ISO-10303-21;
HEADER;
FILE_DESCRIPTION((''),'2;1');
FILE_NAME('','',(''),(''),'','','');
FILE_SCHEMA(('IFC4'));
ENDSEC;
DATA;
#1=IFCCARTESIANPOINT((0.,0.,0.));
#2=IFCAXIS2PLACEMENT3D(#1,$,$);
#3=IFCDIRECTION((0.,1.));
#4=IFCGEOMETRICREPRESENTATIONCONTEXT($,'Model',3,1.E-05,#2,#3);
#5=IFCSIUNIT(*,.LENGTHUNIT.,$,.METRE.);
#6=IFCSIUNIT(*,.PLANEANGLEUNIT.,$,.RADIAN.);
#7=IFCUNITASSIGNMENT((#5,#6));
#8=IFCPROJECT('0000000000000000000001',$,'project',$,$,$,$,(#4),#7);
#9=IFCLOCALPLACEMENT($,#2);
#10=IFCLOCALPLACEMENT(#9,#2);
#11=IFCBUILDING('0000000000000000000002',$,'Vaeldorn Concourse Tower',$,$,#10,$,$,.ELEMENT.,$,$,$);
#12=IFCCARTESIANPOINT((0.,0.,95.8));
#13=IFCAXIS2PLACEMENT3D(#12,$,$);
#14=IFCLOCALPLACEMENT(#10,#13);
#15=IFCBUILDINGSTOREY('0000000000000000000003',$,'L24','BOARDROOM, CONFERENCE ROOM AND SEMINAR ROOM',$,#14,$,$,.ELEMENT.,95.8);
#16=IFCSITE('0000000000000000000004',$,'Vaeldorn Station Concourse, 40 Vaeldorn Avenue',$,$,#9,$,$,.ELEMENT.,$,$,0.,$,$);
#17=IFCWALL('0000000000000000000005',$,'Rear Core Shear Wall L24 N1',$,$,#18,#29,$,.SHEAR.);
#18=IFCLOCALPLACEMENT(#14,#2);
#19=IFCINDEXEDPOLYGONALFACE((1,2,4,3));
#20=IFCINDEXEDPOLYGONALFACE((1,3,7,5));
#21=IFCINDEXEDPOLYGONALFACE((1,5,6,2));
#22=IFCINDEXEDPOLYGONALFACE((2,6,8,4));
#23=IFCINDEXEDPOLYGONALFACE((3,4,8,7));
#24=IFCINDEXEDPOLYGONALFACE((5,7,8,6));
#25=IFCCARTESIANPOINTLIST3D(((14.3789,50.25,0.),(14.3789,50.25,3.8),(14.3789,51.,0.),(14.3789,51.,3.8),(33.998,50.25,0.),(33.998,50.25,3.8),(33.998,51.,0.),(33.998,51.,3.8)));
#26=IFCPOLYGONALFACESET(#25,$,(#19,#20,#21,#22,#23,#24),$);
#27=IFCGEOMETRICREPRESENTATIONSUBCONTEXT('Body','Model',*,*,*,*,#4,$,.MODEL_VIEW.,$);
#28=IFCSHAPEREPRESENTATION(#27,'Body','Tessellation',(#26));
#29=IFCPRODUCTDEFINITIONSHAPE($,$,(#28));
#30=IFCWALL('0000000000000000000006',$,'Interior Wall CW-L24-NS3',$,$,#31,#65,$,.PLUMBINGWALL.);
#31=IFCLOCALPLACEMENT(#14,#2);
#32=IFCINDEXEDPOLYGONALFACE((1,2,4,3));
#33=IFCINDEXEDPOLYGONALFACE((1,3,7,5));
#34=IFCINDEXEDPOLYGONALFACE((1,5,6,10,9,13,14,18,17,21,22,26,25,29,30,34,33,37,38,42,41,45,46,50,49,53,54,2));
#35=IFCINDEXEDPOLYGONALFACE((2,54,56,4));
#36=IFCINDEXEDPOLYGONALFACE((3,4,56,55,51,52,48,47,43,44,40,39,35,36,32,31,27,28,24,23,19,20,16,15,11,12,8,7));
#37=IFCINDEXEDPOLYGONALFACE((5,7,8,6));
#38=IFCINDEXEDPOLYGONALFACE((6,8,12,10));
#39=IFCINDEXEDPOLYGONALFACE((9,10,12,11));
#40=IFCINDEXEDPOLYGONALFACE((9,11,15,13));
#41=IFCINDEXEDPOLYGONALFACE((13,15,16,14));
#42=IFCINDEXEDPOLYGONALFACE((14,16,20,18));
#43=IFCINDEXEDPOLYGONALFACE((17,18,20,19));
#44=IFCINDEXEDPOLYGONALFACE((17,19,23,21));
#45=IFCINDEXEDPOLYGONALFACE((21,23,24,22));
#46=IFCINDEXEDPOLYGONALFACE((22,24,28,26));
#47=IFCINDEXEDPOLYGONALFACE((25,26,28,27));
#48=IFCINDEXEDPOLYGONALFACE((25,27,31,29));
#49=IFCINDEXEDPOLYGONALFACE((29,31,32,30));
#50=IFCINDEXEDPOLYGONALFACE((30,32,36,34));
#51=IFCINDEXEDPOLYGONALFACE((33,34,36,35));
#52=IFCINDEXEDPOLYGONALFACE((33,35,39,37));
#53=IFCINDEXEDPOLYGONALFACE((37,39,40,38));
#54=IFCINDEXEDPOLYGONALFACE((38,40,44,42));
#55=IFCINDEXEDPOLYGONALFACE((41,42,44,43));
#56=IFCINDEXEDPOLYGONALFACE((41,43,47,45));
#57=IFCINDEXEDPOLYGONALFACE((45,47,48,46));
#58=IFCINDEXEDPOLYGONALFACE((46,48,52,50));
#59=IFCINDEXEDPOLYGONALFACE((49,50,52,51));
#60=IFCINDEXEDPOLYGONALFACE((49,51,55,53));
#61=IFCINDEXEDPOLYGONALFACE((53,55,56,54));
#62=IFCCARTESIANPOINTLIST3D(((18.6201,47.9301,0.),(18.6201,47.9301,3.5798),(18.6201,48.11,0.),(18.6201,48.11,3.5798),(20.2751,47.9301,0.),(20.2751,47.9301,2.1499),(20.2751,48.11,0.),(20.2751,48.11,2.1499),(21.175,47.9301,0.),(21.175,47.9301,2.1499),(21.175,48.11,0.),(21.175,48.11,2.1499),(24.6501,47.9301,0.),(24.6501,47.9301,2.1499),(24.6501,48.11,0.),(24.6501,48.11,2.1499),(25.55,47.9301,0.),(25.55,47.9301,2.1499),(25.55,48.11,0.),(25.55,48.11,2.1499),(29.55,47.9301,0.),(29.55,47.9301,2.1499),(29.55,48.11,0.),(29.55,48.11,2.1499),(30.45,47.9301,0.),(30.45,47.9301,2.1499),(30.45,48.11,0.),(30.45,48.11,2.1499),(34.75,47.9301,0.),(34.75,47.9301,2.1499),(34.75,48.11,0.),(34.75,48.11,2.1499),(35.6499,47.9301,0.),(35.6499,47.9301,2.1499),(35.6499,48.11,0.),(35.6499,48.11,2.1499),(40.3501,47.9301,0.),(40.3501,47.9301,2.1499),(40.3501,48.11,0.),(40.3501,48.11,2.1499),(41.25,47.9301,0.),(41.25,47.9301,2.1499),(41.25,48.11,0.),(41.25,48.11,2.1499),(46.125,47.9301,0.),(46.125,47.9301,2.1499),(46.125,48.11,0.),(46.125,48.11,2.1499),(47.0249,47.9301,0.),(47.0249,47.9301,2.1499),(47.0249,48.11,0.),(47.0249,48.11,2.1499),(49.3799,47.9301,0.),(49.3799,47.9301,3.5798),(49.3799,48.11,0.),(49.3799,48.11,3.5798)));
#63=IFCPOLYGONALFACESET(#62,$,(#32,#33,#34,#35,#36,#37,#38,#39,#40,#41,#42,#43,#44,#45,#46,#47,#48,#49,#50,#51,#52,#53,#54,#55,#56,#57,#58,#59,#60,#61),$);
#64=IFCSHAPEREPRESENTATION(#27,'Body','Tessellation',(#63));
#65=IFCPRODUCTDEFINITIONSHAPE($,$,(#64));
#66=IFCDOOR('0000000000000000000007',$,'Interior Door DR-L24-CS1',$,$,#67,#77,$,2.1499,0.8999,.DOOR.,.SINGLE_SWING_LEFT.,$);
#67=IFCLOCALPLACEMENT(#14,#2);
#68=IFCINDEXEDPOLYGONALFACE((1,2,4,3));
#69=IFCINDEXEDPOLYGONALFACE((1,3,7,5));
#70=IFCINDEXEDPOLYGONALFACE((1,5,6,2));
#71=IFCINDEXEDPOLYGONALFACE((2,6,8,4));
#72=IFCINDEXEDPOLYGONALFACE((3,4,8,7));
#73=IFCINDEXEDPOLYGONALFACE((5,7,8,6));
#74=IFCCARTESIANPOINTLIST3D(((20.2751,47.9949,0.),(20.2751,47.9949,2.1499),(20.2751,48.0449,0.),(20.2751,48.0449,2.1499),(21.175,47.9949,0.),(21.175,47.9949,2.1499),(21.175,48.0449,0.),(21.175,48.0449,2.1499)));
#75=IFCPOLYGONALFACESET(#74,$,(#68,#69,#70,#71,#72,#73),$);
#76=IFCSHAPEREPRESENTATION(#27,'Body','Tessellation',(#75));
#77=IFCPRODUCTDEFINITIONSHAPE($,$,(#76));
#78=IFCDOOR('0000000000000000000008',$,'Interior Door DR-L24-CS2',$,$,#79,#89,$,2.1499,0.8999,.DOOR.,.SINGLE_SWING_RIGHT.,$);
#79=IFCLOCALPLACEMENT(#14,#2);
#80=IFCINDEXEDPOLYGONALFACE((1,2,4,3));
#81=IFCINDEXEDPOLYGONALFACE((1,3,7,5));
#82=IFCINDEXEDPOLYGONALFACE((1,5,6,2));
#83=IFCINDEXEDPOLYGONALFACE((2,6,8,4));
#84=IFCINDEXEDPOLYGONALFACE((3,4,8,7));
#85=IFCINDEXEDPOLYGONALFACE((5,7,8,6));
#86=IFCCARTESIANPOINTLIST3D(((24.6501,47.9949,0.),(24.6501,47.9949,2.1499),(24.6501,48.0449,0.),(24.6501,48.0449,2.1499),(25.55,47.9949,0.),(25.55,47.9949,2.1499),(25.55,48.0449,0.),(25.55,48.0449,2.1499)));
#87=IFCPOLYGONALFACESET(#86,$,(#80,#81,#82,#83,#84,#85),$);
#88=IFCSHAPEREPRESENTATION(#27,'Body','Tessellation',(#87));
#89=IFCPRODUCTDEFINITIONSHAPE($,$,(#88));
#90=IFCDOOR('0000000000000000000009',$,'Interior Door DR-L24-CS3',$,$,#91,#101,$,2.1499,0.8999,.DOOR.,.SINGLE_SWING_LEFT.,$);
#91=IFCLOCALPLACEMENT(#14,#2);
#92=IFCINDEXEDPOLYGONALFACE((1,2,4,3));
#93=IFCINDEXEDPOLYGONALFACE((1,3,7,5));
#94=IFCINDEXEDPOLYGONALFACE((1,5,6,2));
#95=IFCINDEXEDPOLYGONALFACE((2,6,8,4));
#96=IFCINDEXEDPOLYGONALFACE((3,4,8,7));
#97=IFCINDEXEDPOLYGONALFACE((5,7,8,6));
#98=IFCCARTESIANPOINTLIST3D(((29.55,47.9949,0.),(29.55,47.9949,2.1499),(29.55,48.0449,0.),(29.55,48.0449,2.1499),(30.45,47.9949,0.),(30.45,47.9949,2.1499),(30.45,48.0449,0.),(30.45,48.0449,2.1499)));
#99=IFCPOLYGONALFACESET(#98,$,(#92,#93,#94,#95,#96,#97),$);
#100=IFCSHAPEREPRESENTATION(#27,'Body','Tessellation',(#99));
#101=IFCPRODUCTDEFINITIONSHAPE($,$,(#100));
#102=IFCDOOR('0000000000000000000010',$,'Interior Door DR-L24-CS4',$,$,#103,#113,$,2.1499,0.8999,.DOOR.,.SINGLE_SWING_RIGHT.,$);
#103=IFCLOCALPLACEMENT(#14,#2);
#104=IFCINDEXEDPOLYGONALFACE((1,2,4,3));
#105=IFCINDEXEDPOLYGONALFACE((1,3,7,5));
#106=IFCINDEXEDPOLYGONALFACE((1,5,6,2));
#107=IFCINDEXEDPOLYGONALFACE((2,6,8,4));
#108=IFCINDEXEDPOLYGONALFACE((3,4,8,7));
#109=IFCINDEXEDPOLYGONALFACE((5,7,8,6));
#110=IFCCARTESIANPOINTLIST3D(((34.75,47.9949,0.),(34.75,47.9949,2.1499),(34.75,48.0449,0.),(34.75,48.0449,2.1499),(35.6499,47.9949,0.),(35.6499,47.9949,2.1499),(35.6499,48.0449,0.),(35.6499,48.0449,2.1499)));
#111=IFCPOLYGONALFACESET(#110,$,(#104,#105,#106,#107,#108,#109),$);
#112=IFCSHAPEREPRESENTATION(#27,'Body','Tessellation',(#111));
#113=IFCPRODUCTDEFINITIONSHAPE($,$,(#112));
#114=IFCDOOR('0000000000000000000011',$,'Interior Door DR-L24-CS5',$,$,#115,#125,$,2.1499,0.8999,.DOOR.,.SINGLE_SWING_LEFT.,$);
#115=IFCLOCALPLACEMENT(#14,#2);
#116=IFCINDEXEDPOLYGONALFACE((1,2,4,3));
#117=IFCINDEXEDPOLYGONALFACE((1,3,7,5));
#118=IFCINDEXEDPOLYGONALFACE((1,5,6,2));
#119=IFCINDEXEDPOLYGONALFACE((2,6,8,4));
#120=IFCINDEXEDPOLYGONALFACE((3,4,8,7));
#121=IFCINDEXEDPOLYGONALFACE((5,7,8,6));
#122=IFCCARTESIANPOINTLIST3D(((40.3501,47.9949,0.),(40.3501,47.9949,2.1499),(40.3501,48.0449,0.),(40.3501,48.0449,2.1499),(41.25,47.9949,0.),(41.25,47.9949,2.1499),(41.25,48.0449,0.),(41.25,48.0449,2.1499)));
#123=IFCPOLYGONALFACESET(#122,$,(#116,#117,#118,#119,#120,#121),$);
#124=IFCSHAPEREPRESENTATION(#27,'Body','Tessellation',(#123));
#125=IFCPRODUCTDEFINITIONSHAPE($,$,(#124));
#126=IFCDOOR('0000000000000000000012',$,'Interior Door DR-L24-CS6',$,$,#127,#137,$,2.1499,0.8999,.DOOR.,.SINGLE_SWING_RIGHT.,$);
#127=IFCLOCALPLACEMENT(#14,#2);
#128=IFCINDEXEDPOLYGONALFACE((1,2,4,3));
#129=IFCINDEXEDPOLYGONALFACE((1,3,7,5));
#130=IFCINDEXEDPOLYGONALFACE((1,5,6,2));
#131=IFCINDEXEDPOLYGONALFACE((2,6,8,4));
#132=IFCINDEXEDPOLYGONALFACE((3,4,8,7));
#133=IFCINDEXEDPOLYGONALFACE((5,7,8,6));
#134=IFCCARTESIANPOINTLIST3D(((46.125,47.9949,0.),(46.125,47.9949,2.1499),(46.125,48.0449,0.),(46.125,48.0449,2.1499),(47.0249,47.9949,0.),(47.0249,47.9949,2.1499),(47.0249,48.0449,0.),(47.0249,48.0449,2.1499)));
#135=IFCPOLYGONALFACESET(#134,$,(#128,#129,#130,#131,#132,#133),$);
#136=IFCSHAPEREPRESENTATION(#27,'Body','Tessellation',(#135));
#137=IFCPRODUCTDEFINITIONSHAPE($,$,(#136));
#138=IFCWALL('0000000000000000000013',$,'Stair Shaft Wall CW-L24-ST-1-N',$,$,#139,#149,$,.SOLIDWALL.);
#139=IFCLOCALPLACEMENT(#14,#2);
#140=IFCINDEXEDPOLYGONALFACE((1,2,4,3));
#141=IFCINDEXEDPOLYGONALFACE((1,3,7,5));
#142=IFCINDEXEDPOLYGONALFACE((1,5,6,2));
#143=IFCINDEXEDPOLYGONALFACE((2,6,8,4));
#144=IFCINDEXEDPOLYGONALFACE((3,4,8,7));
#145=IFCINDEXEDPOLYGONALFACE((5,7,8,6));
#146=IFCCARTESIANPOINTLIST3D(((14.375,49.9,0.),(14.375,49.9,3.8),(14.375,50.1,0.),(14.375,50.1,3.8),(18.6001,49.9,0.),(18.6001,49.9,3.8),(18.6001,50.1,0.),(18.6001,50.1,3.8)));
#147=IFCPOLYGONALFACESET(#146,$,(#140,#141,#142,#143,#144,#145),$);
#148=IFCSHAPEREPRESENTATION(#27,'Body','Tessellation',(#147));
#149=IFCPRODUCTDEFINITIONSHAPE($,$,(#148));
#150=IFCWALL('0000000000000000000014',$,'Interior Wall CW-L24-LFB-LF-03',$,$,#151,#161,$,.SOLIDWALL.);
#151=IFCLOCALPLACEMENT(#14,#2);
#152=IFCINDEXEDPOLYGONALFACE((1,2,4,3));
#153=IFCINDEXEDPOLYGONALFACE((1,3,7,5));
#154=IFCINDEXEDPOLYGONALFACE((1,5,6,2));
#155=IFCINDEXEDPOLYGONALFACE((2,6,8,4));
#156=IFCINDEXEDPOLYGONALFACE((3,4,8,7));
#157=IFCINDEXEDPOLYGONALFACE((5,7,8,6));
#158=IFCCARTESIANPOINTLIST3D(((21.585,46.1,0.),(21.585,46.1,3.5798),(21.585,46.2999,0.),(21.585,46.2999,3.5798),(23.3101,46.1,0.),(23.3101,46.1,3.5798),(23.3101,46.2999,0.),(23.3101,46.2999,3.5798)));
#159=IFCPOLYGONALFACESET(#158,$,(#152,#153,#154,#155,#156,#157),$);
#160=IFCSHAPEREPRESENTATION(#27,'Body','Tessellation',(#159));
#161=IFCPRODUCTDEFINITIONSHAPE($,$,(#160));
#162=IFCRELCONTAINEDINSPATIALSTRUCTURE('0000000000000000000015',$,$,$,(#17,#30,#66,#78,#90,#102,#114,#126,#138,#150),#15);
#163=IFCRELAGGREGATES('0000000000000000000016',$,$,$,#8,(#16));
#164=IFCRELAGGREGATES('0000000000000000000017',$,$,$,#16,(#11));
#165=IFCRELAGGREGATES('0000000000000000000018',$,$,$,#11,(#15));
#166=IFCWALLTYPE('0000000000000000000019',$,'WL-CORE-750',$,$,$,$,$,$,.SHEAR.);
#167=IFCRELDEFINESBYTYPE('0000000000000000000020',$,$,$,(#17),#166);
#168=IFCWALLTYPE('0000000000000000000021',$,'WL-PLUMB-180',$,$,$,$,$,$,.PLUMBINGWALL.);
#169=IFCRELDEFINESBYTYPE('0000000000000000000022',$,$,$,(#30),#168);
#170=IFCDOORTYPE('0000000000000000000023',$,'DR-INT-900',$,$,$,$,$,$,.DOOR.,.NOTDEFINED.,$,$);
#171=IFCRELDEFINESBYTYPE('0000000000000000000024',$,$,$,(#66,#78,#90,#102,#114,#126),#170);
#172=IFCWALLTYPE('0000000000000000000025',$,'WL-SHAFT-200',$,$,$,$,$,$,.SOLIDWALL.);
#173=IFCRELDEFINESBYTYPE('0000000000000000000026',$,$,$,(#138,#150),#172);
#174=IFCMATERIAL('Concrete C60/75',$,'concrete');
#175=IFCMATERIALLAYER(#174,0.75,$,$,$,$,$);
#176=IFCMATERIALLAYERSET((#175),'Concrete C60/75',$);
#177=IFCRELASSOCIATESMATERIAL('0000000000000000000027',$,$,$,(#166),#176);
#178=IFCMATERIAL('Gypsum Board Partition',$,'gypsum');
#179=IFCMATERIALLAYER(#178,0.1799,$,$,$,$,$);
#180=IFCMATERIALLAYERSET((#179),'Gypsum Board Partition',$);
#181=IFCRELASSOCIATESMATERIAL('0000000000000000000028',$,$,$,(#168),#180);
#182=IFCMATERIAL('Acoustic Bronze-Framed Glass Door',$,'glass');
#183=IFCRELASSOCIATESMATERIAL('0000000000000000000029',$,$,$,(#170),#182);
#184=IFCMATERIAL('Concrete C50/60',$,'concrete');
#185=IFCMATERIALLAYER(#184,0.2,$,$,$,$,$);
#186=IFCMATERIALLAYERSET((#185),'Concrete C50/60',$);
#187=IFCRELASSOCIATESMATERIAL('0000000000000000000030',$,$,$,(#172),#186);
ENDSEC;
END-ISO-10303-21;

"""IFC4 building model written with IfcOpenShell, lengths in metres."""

from ifc_helpers import new_model, si_unit, direction, frame, frame_2d, origin, place, context, subcontext, project, spatial, rectangle, extrude, source, transform, mapped, material, layer, layer_set, type_object, element, fill, save


model = new_model("IFC4")

# Units and contexts
model_context = context("Model", 3, precision=1e-05, world=origin(), true_north=direction((0.0, 1.0)))
body_context = subcontext(model_context, "Body", "Model", "MODEL_VIEW")
ifc_project = project(units=[si_unit("LENGTHUNIT", "METRE"), si_unit("PLANEANGLEUNIT", "RADIAN")], contexts=[model_context])

# Site, building, storey
site_placement = place(None, origin())
site = spatial("IfcSite", under=ifc_project, at=site_placement, Name="Vaeldorn Station Concourse, 40 Vaeldorn Avenue", CompositionType="ELEMENT", RefElevation=0.0)
building_placement = place(site_placement, origin())
building = spatial("IfcBuilding", under=site, at=building_placement, Name="Vaeldorn Concourse Tower", CompositionType="ELEMENT")
storey_placement = place(building_placement, frame((0.0, 0.0, 95.8)))
storey = spatial("IfcBuildingStorey", under=building, at=storey_placement, Name="L24", Description="BOARDROOM, CONFERENCE ROOM AND SEMINAR ROOM", CompositionType="ELEMENT", Elevation=95.8)

# Wall
ifc_material_1 = material(Name="Concrete C60/75", Category="concrete")
ifc_layer_1 = layer(ifc_material_1, 0.75)
ifc_layer_set_1 = layer_set([ifc_layer_1], Name="Concrete C60/75")
wall_type_1 = type_object("IfcWallType", Name="WL-CORE-750", PredefinedType="SHEAR", material=ifc_layer_set_1)
wall_1_placement = place(storey_placement, frame((14.3789, 50.625, 0.0), z_axis=(0.0, 0.0, 1.0), x_axis=(1.0, 0.0, 0.0)))
element("IfcWall", 1, at=wall_1_placement, inside=storey, type_object=wall_type_1, Name="Rear Core Shear Wall L24 N1", PredefinedType="SHEAR", context=body_context, shape_type="SweptSolid", body=[
    extrude(rectangle(XDim=19.6191, YDim=0.75, at=frame_2d((9.8096, 0.0))), origin(), (0.0, 0.0, 1.0), 3.8),
])

# Wall, openings, doors
ifc_material_2 = material(Name="Gypsum Board Partition", Category="gypsum")
ifc_layer_2 = layer(ifc_material_2, 0.1799)
ifc_layer_set_2 = layer_set([ifc_layer_2], Name="Gypsum Board Partition")
wall_type_2 = type_object("IfcWallType", Name="WL-PLUMB-180", PredefinedType="PLUMBINGWALL", material=ifc_layer_set_2)
wall_2_placement = place(storey_placement, frame((18.6201, 48.02, 0.0), z_axis=(0.0, 0.0, 1.0), x_axis=(1.0, 0.0, 0.0)))
wall_2 = element("IfcWall", 2, at=wall_2_placement, inside=storey, type_object=wall_type_2, Name="Interior Wall CW-L24-NS3", PredefinedType="PLUMBINGWALL", context=body_context, shape_type="SweptSolid", body=[
    extrude(rectangle(XDim=30.7598, YDim=0.1799, at=frame_2d((15.3799, 0.0))), origin(), (0.0, 0.0, 1.0), 3.5798),
])
opening_1_placement = place(wall_2_placement, frame((1.655, 0.0, 0.0)))
opening_1 = element("IfcOpeningElement", 3, at=opening_1_placement, cuts=wall_2, PredefinedType="OPENING", context=body_context, shape_type="SweptSolid", body=[
    extrude(rectangle(XDim=0.8999, YDim=2.1499, at=frame_2d((0.45, 1.075))), frame((0.0, 0.1001, 0.0), z_axis=(0.0, -1.0, 0.0), x_axis=(1.0, 0.0, 0.0)), (0.0, 0.0, 1.0), 0.2),
])
opening_2_placement = place(wall_2_placement, frame((6.03, 0.0, 0.0)))
opening_2 = element("IfcOpeningElement", 4, at=opening_2_placement, cuts=wall_2, PredefinedType="OPENING", context=body_context, shape_type="SweptSolid", body=[
    extrude(rectangle(XDim=0.8999, YDim=2.1499, at=frame_2d((0.45, 1.075))), frame((0.0, 0.1001, 0.0), z_axis=(0.0, -1.0, 0.0), x_axis=(1.0, 0.0, 0.0)), (0.0, 0.0, 1.0), 0.2),
])
opening_3_placement = place(wall_2_placement, frame((10.9299, 0.0, 0.0)))
opening_3 = element("IfcOpeningElement", 5, at=opening_3_placement, cuts=wall_2, PredefinedType="OPENING", context=body_context, shape_type="SweptSolid", body=[
    extrude(rectangle(XDim=0.8999, YDim=2.1499, at=frame_2d((0.45, 1.075))), frame((0.0, 0.1001, 0.0), z_axis=(0.0, -1.0, 0.0), x_axis=(1.0, 0.0, 0.0)), (0.0, 0.0, 1.0), 0.2),
])
opening_4_placement = place(wall_2_placement, frame((16.1299, 0.0, 0.0)))
opening_4 = element("IfcOpeningElement", 6, at=opening_4_placement, cuts=wall_2, PredefinedType="OPENING", context=body_context, shape_type="SweptSolid", body=[
    extrude(rectangle(XDim=0.8999, YDim=2.1499, at=frame_2d((0.45, 1.075))), frame((0.0, 0.1001, 0.0), z_axis=(0.0, -1.0, 0.0), x_axis=(1.0, 0.0, 0.0)), (0.0, 0.0, 1.0), 0.2),
])
opening_5_placement = place(wall_2_placement, frame((21.73, 0.0, 0.0)))
opening_5 = element("IfcOpeningElement", 7, at=opening_5_placement, cuts=wall_2, PredefinedType="OPENING", context=body_context, shape_type="SweptSolid", body=[
    extrude(rectangle(XDim=0.8999, YDim=2.1499, at=frame_2d((0.45, 1.075))), frame((0.0, 0.1001, 0.0), z_axis=(0.0, -1.0, 0.0), x_axis=(1.0, 0.0, 0.0)), (0.0, 0.0, 1.0), 0.2),
])
opening_6_placement = place(wall_2_placement, frame((27.5049, 0.0, 0.0)))
opening_6 = element("IfcOpeningElement", 8, at=opening_6_placement, cuts=wall_2, PredefinedType="OPENING", context=body_context, shape_type="SweptSolid", body=[
    extrude(rectangle(XDim=0.8999, YDim=2.1499, at=frame_2d((0.45, 1.075))), frame((0.0, 0.1001, 0.0), z_axis=(0.0, -1.0, 0.0), x_axis=(1.0, 0.0, 0.0)), (0.0, 0.0, 1.0), 0.2),
])
ifc_material_3 = material(Name="Acoustic Bronze-Framed Glass Door", Category="glass")
door_type_1 = type_object("IfcDoorType", Name="DR-INT-900", OperationType="NOTDEFINED", PredefinedType="DOOR", material=ifc_material_3)
shared_shape_1 = source(origin(), body_context, "Body", "SweptSolid", [
    extrude(rectangle(XDim=0.8999, YDim=2.1499, at=frame_2d((0.45, 1.075))), frame((0.0, 0.0249, 0.0), z_axis=(0.0, -1.0, 0.0), x_axis=(1.0, 0.0, 0.0)), (0.0, 0.0, 1.0), 0.05),
])
door_1_placement = place(opening_1_placement, origin())
door_1 = element("IfcDoor", 9, at=door_1_placement, inside=storey, type_object=door_type_1, Name="Interior Door DR-L24-CS1", OperationType="SINGLE_SWING_LEFT", OverallHeight=2.1499, OverallWidth=0.8999, PredefinedType="DOOR", context=body_context, shape_type="MappedRepresentation", body=[
    mapped(shared_shape_1, transform((0.0, 0.0, 0.0), scale=1.0)),
])
fill(opening_1, door_1)
door_2_placement = place(opening_2_placement, origin())
door_2 = element("IfcDoor", 10, at=door_2_placement, inside=storey, type_object=door_type_1, Name="Interior Door DR-L24-CS2", OperationType="SINGLE_SWING_RIGHT", OverallHeight=2.1499, OverallWidth=0.8999, PredefinedType="DOOR", context=body_context, shape_type="MappedRepresentation", body=[
    mapped(shared_shape_1, transform((0.0, 0.0, 0.0), scale=1.0)),
])
fill(opening_2, door_2)
door_3_placement = place(opening_3_placement, origin())
door_3 = element("IfcDoor", 11, at=door_3_placement, inside=storey, type_object=door_type_1, Name="Interior Door DR-L24-CS3", OperationType="SINGLE_SWING_LEFT", OverallHeight=2.1499, OverallWidth=0.8999, PredefinedType="DOOR", context=body_context, shape_type="MappedRepresentation", body=[
    mapped(shared_shape_1, transform((0.0, 0.0, 0.0), scale=1.0)),
])
fill(opening_3, door_3)
door_4_placement = place(opening_4_placement, origin())
door_4 = element("IfcDoor", 12, at=door_4_placement, inside=storey, type_object=door_type_1, Name="Interior Door DR-L24-CS4", OperationType="SINGLE_SWING_RIGHT", OverallHeight=2.1499, OverallWidth=0.8999, PredefinedType="DOOR", context=body_context, shape_type="MappedRepresentation", body=[
    mapped(shared_shape_1, transform((0.0, 0.0, 0.0), scale=1.0)),
])
fill(opening_4, door_4)
door_5_placement = place(opening_5_placement, origin())
door_5 = element("IfcDoor", 13, at=door_5_placement, inside=storey, type_object=door_type_1, Name="Interior Door DR-L24-CS5", OperationType="SINGLE_SWING_LEFT", OverallHeight=2.1499, OverallWidth=0.8999, PredefinedType="DOOR", context=body_context, shape_type="MappedRepresentation", body=[
    mapped(shared_shape_1, transform((0.0, 0.0, 0.0), scale=1.0)),
])
fill(opening_5, door_5)
door_6_placement = place(opening_6_placement, origin())
door_6 = element("IfcDoor", 14, at=door_6_placement, inside=storey, type_object=door_type_1, Name="Interior Door DR-L24-CS6", OperationType="SINGLE_SWING_RIGHT", OverallHeight=2.1499, OverallWidth=0.8999, PredefinedType="DOOR", context=body_context, shape_type="MappedRepresentation", body=[
    mapped(shared_shape_1, transform((0.0, 0.0, 0.0), scale=1.0)),
])
fill(opening_6, door_6)

# Wall
ifc_material_4 = material(Name="Concrete C50/60", Category="concrete")
ifc_layer_3 = layer(ifc_material_4, 0.2)
ifc_layer_set_3 = layer_set([ifc_layer_3], Name="Concrete C50/60")
wall_type_3 = type_object("IfcWallType", Name="WL-SHAFT-200", PredefinedType="SOLIDWALL", material=ifc_layer_set_3)
wall_3_placement = place(storey_placement, frame((14.375, 50.0, 0.0), z_axis=(0.0, 0.0, 1.0), x_axis=(1.0, 0.0, 0.0)))
element("IfcWall", 15, at=wall_3_placement, inside=storey, type_object=wall_type_3, Name="Stair Shaft Wall CW-L24-ST-1-N", PredefinedType="SOLIDWALL", context=body_context, shape_type="SweptSolid", body=[
    extrude(rectangle(XDim=4.2251, YDim=0.2, at=frame_2d((2.1125, 0.0))), origin(), (0.0, 0.0, 1.0), 3.8),
])

# Wall
wall_4_placement = place(storey_placement, frame((21.585, 46.2, 0.0), z_axis=(0.0, 0.0, 1.0), x_axis=(1.0, 0.0, 0.0)))
element("IfcWall", 16, at=wall_4_placement, inside=storey, type_object=wall_type_3, Name="Interior Wall CW-L24-LFB-LF-03", PredefinedType="SOLIDWALL", context=body_context, shape_type="SweptSolid", body=[
    extrude(rectangle(XDim=1.7251, YDim=0.2, at=frame_2d((0.8625, 0.0))), origin(), (0.0, 0.0, 1.0), 3.5798),
])

save(model, "model.ifc")
